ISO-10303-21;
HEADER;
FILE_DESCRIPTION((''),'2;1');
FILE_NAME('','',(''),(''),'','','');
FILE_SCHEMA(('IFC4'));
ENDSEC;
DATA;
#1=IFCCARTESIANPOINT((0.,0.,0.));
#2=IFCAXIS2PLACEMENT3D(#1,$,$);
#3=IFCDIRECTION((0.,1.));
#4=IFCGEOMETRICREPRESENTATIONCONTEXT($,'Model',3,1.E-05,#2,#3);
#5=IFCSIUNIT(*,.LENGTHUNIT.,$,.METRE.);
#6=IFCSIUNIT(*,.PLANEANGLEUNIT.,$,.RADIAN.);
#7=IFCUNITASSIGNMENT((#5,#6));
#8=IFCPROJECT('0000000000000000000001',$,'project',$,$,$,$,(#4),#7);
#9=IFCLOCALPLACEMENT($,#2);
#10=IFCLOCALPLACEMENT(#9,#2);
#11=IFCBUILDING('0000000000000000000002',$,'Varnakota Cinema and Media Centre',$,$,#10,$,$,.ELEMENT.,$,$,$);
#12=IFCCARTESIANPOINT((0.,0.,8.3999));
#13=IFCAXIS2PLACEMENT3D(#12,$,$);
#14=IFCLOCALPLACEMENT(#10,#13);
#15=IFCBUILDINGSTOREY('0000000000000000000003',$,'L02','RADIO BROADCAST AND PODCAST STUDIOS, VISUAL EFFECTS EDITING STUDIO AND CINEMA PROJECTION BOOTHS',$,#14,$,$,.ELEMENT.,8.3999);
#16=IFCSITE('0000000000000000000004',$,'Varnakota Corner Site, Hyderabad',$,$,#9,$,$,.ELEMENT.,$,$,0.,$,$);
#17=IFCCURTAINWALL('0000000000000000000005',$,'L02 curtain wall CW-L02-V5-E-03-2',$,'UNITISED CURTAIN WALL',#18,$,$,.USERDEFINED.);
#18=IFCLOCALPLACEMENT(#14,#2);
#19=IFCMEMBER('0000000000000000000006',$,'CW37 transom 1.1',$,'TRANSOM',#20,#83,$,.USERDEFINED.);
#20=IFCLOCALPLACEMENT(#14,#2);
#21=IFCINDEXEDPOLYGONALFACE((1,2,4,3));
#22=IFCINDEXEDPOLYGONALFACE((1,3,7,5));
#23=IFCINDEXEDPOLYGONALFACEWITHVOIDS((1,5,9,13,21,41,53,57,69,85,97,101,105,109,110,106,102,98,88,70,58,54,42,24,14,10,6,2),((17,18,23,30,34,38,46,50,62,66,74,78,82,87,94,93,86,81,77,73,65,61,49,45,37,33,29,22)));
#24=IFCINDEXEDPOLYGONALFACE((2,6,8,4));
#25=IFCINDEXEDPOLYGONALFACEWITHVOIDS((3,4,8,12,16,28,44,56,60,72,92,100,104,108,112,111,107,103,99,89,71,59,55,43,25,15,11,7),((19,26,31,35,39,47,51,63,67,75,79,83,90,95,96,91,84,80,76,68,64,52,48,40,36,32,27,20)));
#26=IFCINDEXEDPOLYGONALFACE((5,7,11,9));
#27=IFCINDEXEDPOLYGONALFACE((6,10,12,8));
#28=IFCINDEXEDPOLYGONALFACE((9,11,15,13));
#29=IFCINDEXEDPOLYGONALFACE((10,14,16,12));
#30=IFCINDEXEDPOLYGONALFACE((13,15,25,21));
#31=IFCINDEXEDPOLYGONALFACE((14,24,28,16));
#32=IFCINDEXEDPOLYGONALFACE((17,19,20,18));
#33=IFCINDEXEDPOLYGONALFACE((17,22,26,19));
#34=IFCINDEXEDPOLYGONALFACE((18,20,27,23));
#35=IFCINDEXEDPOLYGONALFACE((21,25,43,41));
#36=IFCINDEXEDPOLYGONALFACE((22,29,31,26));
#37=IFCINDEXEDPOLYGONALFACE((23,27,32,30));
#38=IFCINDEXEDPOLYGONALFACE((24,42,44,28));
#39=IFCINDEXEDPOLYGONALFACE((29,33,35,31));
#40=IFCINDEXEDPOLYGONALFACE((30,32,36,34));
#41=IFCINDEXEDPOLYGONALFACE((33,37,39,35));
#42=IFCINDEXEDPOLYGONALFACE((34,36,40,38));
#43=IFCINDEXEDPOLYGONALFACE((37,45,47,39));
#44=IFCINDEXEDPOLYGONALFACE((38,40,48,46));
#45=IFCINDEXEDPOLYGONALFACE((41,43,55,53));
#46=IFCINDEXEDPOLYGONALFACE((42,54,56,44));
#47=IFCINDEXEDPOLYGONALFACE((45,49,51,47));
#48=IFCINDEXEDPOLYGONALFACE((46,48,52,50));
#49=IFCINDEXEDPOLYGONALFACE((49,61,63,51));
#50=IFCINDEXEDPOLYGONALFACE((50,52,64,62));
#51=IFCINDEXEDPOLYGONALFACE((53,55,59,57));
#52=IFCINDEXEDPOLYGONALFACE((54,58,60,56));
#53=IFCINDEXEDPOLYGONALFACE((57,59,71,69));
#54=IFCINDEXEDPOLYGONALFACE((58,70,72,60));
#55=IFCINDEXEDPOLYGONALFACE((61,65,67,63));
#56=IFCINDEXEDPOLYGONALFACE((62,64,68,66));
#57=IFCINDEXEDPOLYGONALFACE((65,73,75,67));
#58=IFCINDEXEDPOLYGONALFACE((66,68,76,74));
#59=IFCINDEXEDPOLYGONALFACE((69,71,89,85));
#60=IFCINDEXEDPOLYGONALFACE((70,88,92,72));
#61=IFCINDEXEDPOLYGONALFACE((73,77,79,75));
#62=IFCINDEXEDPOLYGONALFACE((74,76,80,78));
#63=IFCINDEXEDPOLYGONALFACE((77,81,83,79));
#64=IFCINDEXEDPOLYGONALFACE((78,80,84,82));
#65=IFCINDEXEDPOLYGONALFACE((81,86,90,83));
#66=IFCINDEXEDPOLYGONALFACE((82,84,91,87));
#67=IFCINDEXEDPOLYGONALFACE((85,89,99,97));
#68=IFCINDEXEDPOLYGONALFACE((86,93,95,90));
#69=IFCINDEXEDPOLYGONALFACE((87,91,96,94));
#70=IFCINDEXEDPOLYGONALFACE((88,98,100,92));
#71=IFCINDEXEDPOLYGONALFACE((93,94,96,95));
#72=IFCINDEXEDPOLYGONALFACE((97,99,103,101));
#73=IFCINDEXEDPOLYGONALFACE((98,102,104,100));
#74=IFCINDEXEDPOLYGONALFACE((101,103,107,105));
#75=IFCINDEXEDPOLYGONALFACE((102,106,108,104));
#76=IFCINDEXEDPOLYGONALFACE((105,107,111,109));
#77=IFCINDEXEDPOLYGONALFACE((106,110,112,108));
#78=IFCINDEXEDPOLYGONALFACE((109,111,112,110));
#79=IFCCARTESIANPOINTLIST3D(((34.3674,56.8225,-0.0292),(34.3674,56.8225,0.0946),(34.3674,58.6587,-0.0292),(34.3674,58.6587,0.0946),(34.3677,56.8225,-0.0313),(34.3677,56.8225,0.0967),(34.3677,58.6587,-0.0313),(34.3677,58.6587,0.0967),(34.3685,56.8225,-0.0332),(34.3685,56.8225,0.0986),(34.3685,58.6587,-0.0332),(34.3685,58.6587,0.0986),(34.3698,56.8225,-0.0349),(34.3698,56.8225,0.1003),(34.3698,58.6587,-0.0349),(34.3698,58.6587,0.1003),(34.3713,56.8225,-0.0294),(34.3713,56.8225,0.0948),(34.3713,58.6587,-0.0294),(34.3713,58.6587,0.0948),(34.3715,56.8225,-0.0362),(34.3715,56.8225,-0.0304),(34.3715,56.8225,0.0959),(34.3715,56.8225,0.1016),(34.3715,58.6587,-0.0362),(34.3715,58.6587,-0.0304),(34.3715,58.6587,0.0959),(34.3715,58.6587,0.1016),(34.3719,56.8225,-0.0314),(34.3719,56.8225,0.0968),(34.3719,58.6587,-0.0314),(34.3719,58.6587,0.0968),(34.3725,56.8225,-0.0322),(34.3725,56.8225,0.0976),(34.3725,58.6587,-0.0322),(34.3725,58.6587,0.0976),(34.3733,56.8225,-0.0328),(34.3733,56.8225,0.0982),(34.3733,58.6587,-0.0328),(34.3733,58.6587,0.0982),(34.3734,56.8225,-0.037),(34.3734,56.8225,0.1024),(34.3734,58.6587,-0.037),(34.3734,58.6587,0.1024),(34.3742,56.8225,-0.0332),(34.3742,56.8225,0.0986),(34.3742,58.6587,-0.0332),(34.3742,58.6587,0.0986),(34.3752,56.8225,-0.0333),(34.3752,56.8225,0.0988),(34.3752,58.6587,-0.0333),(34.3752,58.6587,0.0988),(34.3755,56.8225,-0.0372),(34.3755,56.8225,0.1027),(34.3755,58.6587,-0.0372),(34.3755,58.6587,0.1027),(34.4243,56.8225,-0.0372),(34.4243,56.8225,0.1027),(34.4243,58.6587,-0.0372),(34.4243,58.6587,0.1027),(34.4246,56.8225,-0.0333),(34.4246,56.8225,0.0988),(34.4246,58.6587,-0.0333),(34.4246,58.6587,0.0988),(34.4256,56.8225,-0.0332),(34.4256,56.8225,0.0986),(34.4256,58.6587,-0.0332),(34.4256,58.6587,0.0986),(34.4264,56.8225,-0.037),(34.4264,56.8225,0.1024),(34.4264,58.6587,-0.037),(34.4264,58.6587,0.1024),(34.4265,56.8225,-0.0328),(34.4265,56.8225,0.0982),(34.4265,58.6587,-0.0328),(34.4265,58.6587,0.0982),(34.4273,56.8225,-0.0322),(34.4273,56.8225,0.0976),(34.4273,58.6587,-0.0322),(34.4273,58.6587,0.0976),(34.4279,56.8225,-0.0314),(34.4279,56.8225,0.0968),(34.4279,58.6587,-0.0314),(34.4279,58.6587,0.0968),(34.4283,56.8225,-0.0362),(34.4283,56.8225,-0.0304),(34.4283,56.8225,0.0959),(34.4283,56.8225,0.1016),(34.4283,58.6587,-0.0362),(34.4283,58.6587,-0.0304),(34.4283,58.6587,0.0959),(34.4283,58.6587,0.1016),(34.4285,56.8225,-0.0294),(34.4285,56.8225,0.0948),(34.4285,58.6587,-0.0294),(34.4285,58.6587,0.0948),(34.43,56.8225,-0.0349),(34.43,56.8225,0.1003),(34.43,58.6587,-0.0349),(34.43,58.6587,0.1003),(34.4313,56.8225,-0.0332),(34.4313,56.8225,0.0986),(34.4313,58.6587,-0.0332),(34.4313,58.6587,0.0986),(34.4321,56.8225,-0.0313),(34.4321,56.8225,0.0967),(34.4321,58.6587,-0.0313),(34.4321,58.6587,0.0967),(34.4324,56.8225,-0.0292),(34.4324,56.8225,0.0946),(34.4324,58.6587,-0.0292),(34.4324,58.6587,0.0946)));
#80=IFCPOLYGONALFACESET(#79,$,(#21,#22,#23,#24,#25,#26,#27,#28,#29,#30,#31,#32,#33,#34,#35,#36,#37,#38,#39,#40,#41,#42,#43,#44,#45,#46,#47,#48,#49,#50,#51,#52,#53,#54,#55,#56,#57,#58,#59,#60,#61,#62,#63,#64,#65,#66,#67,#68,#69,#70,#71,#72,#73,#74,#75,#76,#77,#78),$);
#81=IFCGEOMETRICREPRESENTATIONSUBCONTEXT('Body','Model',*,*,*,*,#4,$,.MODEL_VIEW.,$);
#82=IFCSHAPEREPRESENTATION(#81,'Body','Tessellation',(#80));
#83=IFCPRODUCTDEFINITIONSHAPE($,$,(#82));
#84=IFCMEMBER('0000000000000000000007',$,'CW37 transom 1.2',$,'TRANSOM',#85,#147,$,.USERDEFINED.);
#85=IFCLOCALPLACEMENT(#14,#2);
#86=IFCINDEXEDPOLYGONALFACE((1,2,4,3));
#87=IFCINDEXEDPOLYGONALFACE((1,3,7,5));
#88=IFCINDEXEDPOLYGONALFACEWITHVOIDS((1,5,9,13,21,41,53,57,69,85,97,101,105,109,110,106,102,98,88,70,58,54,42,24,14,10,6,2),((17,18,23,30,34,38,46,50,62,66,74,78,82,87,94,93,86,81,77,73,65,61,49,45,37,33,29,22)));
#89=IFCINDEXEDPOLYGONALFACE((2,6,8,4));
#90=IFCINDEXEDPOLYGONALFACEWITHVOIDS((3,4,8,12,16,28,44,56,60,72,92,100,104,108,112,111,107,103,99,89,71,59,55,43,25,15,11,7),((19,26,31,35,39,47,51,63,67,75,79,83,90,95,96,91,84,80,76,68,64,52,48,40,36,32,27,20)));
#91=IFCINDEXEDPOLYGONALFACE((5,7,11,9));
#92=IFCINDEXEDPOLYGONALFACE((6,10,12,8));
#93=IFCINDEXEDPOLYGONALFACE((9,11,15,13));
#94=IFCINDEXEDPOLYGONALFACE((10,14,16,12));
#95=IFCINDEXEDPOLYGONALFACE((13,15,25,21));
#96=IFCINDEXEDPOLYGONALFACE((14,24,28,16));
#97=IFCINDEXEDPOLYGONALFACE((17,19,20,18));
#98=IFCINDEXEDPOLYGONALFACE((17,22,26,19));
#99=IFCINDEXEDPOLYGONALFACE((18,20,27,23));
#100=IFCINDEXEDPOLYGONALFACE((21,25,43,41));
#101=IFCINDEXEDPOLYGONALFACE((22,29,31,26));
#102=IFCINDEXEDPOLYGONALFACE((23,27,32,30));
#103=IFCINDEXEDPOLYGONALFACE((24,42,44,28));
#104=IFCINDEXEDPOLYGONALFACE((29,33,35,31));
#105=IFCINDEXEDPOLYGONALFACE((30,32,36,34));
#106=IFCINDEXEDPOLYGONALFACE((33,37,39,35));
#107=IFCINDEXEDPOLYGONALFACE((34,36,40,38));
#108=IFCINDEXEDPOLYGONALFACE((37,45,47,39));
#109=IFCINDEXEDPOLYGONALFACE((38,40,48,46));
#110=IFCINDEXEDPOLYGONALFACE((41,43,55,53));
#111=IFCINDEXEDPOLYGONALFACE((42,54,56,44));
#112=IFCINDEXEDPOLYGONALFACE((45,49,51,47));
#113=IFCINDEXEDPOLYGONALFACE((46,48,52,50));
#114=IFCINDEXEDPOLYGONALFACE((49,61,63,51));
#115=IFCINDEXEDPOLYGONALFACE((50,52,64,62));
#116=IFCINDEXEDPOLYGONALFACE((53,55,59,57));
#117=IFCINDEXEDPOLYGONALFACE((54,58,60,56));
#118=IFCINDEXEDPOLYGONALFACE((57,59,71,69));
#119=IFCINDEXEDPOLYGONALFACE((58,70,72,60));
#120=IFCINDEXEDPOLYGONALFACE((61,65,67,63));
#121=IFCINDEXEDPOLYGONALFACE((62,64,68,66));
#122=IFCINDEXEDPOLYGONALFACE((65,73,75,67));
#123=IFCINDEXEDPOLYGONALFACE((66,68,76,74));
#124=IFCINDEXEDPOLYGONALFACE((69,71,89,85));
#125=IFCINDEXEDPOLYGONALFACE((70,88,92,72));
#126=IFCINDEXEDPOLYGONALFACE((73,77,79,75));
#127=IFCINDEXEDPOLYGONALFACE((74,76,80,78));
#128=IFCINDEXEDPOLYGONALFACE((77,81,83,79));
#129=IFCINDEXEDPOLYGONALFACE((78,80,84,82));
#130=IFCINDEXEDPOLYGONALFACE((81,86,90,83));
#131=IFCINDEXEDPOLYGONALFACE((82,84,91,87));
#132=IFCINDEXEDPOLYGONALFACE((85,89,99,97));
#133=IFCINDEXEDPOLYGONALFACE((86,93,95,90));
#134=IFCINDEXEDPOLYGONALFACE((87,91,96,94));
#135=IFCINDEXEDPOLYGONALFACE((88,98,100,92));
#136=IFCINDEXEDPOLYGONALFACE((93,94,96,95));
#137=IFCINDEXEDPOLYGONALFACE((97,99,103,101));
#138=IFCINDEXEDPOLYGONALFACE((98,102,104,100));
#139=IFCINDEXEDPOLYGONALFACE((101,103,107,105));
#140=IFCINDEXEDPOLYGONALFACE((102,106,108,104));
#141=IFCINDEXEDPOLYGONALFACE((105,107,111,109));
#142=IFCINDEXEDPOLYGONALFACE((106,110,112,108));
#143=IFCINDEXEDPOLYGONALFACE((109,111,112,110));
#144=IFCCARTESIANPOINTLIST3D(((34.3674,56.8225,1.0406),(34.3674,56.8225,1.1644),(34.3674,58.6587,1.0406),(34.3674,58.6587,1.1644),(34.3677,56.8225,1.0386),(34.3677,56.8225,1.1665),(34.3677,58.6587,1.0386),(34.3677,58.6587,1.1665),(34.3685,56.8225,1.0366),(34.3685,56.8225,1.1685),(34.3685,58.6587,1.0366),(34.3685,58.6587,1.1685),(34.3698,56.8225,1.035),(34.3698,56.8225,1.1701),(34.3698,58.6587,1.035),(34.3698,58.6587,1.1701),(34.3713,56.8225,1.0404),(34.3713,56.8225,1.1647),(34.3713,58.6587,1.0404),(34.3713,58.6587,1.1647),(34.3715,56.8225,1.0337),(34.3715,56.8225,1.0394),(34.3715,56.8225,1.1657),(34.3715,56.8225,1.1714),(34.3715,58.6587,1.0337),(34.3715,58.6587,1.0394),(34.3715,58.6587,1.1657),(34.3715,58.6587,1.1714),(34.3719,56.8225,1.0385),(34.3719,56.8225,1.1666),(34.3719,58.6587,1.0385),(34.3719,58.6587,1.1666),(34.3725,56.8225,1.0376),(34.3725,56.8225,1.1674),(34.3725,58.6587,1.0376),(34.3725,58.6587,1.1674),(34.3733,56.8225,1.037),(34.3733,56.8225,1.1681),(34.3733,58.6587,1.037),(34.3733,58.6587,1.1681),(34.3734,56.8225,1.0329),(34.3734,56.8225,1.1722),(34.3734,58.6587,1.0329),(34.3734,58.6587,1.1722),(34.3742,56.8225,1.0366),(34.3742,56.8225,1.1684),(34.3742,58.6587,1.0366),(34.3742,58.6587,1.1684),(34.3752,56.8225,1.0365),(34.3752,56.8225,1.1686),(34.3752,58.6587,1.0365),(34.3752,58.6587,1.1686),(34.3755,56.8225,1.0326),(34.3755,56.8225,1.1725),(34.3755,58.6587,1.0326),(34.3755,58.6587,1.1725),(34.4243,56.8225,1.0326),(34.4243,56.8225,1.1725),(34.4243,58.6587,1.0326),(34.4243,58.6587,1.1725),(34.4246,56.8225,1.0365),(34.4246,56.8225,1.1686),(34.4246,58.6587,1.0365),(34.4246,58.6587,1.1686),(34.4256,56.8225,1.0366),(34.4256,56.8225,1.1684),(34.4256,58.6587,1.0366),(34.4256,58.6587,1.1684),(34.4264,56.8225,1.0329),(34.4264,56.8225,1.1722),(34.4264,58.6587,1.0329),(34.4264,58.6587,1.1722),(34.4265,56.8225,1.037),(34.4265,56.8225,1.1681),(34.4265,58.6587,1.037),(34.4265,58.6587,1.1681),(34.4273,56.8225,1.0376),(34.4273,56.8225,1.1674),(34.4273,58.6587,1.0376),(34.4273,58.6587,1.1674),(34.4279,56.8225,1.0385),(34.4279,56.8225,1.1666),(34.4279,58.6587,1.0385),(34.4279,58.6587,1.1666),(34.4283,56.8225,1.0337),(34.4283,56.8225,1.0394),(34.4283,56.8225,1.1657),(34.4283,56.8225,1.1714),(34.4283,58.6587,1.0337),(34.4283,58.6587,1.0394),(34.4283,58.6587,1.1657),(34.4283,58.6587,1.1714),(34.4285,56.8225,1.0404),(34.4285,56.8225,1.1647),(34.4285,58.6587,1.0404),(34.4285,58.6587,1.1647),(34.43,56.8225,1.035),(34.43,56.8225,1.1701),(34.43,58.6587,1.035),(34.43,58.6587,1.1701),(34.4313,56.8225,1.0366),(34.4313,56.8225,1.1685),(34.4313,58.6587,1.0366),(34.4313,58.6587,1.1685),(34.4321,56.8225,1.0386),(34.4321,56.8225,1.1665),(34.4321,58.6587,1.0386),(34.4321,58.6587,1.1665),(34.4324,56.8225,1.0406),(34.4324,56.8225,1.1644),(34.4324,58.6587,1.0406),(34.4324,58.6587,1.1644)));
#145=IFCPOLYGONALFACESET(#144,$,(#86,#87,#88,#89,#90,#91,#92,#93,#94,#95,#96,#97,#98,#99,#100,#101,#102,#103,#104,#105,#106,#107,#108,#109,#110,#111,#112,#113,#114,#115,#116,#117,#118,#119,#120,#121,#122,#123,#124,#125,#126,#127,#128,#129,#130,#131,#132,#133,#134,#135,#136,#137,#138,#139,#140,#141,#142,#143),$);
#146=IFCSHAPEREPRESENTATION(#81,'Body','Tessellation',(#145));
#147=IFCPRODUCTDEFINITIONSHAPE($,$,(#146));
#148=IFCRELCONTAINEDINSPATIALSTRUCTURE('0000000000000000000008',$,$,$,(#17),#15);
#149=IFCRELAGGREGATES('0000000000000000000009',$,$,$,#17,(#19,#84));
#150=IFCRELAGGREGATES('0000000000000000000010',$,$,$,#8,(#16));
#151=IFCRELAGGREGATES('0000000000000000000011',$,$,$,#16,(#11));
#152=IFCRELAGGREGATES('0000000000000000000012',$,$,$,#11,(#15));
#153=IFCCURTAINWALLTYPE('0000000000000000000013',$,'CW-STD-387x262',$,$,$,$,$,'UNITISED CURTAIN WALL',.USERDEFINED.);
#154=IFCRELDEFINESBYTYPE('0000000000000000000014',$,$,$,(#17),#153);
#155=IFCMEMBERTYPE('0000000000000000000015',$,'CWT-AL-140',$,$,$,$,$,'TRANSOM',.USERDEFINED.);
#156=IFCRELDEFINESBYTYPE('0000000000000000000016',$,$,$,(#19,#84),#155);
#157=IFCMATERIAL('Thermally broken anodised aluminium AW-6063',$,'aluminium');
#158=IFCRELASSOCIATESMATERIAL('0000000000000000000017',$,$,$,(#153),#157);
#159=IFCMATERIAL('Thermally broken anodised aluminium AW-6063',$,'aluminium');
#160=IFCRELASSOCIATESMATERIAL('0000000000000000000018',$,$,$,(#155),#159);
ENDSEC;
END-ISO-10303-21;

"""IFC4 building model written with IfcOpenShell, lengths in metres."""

from ifc_helpers import new_model, si_unit, direction, frame, origin, origin_2d, place, context, subcontext, project, spatial, hollow_rectangle, extrude, material, material_profile, profile_set, type_object, element, aggregate, save


model = new_model("IFC4")

# Units and contexts
model_context = context("Model", 3, precision=1e-05, world=origin(), true_north=direction((0.0, 1.0)))
body_context = subcontext(model_context, "Body", "Model", "MODEL_VIEW")
ifc_project = project(units=[si_unit("LENGTHUNIT", "METRE"), si_unit("PLANEANGLEUNIT", "RADIAN")], contexts=[model_context])

# Site, building, storey
site_placement = place(None, origin())
site = spatial("IfcSite", under=ifc_project, at=site_placement, Name="Varnakota Corner Site, Hyderabad", CompositionType="ELEMENT", RefElevation=0.0)
building_placement = place(site_placement, origin())
building = spatial("IfcBuilding", under=site, at=building_placement, Name="Varnakota Cinema and Media Centre", CompositionType="ELEMENT")
storey_placement = place(building_placement, frame((0.0, 0.0, 8.3999)))
storey = spatial("IfcBuildingStorey", under=building, at=storey_placement, Name="L02", Description="RADIO BROADCAST AND PODCAST STUDIOS, VISUAL EFFECTS EDITING STUDIO AND CINEMA PROJECTION BOOTHS", CompositionType="ELEMENT", Elevation=8.3999)

# Shared definitions
ifc_material_1 = material(Name="Thermally broken anodised aluminium AW-6063", Category="aluminium")
curtain_wall_type = type_object("IfcCurtainWallType", Name="CW-STD-387x262", ElementType="UNITISED CURTAIN WALL", PredefinedType="USERDEFINED", material=ifc_material_1)

# Curtain wall
curtain_wall_1_placement = place(storey_placement, origin())
curtain_wall_1 = element("IfcCurtainWall", 1, at=curtain_wall_1_placement, inside=storey, type_object=curtain_wall_type, Name="L02 curtain wall CW-L02-V5-E-03-2", ObjectType="UNITISED CURTAIN WALL", PredefinedType="USERDEFINED")

# Members
ifc_material_2 = material(Name="Thermally broken anodised aluminium AW-6063", Category="aluminium")
ifc_material_profile_1 = material_profile(ifc_material_2, hollow_rectangle(XDim=0.0649, YDim=0.1399, WallThickness=0.0039, InnerFilletRadius=0.0039, OuterFilletRadius=0.0081, at=origin_2d()), Name="AL-TRANSOM 140x65x4")
ifc_profile_set_1 = profile_set([ifc_material_profile_1], Name="Thermally broken anodised aluminium AW-6063")
member_type_1 = type_object("IfcMemberType", Name="CWT-AL-140", ElementType="TRANSOM", PredefinedType="USERDEFINED", material=ifc_profile_set_1)
member_1_placement = place(storey_placement, frame((34.3999, 56.8225, 0.0327), z_axis=(0.0, 1.0, 0.0), x_axis=(-1.0, 0.0, 0.0)))
member_1 = element("IfcMember", 2, at=member_1_placement, type_object=member_type_1, Name="CW37 transom 1.1", ObjectType="TRANSOM", PredefinedType="USERDEFINED", context=body_context, shape_type="SweptSolid", body=[
    extrude(hollow_rectangle(XDim=0.0649, YDim=0.1399, WallThickness=0.0039, InnerFilletRadius=0.0039, OuterFilletRadius=0.0081, at=origin_2d()), origin(), (0.0, 0.0, 1.0), 1.8362),
])
member_2_placement = place(storey_placement, frame((34.3999, 56.8225, 1.1025), z_axis=(0.0, 1.0, 0.0), x_axis=(-1.0, 0.0, 0.0)))
member_2 = element("IfcMember", 3, at=member_2_placement, type_object=member_type_1, Name="CW37 transom 1.2", ObjectType="TRANSOM", PredefinedType="USERDEFINED", context=body_context, shape_type="SweptSolid", body=[
    extrude(hollow_rectangle(XDim=0.0649, YDim=0.1399, WallThickness=0.0039, InnerFilletRadius=0.0039, OuterFilletRadius=0.0081, at=origin_2d()), origin(), (0.0, 0.0, 1.0), 1.8362),
])

aggregate(curtain_wall_1, [member_1, member_2])

save(model, "model.ifc")
